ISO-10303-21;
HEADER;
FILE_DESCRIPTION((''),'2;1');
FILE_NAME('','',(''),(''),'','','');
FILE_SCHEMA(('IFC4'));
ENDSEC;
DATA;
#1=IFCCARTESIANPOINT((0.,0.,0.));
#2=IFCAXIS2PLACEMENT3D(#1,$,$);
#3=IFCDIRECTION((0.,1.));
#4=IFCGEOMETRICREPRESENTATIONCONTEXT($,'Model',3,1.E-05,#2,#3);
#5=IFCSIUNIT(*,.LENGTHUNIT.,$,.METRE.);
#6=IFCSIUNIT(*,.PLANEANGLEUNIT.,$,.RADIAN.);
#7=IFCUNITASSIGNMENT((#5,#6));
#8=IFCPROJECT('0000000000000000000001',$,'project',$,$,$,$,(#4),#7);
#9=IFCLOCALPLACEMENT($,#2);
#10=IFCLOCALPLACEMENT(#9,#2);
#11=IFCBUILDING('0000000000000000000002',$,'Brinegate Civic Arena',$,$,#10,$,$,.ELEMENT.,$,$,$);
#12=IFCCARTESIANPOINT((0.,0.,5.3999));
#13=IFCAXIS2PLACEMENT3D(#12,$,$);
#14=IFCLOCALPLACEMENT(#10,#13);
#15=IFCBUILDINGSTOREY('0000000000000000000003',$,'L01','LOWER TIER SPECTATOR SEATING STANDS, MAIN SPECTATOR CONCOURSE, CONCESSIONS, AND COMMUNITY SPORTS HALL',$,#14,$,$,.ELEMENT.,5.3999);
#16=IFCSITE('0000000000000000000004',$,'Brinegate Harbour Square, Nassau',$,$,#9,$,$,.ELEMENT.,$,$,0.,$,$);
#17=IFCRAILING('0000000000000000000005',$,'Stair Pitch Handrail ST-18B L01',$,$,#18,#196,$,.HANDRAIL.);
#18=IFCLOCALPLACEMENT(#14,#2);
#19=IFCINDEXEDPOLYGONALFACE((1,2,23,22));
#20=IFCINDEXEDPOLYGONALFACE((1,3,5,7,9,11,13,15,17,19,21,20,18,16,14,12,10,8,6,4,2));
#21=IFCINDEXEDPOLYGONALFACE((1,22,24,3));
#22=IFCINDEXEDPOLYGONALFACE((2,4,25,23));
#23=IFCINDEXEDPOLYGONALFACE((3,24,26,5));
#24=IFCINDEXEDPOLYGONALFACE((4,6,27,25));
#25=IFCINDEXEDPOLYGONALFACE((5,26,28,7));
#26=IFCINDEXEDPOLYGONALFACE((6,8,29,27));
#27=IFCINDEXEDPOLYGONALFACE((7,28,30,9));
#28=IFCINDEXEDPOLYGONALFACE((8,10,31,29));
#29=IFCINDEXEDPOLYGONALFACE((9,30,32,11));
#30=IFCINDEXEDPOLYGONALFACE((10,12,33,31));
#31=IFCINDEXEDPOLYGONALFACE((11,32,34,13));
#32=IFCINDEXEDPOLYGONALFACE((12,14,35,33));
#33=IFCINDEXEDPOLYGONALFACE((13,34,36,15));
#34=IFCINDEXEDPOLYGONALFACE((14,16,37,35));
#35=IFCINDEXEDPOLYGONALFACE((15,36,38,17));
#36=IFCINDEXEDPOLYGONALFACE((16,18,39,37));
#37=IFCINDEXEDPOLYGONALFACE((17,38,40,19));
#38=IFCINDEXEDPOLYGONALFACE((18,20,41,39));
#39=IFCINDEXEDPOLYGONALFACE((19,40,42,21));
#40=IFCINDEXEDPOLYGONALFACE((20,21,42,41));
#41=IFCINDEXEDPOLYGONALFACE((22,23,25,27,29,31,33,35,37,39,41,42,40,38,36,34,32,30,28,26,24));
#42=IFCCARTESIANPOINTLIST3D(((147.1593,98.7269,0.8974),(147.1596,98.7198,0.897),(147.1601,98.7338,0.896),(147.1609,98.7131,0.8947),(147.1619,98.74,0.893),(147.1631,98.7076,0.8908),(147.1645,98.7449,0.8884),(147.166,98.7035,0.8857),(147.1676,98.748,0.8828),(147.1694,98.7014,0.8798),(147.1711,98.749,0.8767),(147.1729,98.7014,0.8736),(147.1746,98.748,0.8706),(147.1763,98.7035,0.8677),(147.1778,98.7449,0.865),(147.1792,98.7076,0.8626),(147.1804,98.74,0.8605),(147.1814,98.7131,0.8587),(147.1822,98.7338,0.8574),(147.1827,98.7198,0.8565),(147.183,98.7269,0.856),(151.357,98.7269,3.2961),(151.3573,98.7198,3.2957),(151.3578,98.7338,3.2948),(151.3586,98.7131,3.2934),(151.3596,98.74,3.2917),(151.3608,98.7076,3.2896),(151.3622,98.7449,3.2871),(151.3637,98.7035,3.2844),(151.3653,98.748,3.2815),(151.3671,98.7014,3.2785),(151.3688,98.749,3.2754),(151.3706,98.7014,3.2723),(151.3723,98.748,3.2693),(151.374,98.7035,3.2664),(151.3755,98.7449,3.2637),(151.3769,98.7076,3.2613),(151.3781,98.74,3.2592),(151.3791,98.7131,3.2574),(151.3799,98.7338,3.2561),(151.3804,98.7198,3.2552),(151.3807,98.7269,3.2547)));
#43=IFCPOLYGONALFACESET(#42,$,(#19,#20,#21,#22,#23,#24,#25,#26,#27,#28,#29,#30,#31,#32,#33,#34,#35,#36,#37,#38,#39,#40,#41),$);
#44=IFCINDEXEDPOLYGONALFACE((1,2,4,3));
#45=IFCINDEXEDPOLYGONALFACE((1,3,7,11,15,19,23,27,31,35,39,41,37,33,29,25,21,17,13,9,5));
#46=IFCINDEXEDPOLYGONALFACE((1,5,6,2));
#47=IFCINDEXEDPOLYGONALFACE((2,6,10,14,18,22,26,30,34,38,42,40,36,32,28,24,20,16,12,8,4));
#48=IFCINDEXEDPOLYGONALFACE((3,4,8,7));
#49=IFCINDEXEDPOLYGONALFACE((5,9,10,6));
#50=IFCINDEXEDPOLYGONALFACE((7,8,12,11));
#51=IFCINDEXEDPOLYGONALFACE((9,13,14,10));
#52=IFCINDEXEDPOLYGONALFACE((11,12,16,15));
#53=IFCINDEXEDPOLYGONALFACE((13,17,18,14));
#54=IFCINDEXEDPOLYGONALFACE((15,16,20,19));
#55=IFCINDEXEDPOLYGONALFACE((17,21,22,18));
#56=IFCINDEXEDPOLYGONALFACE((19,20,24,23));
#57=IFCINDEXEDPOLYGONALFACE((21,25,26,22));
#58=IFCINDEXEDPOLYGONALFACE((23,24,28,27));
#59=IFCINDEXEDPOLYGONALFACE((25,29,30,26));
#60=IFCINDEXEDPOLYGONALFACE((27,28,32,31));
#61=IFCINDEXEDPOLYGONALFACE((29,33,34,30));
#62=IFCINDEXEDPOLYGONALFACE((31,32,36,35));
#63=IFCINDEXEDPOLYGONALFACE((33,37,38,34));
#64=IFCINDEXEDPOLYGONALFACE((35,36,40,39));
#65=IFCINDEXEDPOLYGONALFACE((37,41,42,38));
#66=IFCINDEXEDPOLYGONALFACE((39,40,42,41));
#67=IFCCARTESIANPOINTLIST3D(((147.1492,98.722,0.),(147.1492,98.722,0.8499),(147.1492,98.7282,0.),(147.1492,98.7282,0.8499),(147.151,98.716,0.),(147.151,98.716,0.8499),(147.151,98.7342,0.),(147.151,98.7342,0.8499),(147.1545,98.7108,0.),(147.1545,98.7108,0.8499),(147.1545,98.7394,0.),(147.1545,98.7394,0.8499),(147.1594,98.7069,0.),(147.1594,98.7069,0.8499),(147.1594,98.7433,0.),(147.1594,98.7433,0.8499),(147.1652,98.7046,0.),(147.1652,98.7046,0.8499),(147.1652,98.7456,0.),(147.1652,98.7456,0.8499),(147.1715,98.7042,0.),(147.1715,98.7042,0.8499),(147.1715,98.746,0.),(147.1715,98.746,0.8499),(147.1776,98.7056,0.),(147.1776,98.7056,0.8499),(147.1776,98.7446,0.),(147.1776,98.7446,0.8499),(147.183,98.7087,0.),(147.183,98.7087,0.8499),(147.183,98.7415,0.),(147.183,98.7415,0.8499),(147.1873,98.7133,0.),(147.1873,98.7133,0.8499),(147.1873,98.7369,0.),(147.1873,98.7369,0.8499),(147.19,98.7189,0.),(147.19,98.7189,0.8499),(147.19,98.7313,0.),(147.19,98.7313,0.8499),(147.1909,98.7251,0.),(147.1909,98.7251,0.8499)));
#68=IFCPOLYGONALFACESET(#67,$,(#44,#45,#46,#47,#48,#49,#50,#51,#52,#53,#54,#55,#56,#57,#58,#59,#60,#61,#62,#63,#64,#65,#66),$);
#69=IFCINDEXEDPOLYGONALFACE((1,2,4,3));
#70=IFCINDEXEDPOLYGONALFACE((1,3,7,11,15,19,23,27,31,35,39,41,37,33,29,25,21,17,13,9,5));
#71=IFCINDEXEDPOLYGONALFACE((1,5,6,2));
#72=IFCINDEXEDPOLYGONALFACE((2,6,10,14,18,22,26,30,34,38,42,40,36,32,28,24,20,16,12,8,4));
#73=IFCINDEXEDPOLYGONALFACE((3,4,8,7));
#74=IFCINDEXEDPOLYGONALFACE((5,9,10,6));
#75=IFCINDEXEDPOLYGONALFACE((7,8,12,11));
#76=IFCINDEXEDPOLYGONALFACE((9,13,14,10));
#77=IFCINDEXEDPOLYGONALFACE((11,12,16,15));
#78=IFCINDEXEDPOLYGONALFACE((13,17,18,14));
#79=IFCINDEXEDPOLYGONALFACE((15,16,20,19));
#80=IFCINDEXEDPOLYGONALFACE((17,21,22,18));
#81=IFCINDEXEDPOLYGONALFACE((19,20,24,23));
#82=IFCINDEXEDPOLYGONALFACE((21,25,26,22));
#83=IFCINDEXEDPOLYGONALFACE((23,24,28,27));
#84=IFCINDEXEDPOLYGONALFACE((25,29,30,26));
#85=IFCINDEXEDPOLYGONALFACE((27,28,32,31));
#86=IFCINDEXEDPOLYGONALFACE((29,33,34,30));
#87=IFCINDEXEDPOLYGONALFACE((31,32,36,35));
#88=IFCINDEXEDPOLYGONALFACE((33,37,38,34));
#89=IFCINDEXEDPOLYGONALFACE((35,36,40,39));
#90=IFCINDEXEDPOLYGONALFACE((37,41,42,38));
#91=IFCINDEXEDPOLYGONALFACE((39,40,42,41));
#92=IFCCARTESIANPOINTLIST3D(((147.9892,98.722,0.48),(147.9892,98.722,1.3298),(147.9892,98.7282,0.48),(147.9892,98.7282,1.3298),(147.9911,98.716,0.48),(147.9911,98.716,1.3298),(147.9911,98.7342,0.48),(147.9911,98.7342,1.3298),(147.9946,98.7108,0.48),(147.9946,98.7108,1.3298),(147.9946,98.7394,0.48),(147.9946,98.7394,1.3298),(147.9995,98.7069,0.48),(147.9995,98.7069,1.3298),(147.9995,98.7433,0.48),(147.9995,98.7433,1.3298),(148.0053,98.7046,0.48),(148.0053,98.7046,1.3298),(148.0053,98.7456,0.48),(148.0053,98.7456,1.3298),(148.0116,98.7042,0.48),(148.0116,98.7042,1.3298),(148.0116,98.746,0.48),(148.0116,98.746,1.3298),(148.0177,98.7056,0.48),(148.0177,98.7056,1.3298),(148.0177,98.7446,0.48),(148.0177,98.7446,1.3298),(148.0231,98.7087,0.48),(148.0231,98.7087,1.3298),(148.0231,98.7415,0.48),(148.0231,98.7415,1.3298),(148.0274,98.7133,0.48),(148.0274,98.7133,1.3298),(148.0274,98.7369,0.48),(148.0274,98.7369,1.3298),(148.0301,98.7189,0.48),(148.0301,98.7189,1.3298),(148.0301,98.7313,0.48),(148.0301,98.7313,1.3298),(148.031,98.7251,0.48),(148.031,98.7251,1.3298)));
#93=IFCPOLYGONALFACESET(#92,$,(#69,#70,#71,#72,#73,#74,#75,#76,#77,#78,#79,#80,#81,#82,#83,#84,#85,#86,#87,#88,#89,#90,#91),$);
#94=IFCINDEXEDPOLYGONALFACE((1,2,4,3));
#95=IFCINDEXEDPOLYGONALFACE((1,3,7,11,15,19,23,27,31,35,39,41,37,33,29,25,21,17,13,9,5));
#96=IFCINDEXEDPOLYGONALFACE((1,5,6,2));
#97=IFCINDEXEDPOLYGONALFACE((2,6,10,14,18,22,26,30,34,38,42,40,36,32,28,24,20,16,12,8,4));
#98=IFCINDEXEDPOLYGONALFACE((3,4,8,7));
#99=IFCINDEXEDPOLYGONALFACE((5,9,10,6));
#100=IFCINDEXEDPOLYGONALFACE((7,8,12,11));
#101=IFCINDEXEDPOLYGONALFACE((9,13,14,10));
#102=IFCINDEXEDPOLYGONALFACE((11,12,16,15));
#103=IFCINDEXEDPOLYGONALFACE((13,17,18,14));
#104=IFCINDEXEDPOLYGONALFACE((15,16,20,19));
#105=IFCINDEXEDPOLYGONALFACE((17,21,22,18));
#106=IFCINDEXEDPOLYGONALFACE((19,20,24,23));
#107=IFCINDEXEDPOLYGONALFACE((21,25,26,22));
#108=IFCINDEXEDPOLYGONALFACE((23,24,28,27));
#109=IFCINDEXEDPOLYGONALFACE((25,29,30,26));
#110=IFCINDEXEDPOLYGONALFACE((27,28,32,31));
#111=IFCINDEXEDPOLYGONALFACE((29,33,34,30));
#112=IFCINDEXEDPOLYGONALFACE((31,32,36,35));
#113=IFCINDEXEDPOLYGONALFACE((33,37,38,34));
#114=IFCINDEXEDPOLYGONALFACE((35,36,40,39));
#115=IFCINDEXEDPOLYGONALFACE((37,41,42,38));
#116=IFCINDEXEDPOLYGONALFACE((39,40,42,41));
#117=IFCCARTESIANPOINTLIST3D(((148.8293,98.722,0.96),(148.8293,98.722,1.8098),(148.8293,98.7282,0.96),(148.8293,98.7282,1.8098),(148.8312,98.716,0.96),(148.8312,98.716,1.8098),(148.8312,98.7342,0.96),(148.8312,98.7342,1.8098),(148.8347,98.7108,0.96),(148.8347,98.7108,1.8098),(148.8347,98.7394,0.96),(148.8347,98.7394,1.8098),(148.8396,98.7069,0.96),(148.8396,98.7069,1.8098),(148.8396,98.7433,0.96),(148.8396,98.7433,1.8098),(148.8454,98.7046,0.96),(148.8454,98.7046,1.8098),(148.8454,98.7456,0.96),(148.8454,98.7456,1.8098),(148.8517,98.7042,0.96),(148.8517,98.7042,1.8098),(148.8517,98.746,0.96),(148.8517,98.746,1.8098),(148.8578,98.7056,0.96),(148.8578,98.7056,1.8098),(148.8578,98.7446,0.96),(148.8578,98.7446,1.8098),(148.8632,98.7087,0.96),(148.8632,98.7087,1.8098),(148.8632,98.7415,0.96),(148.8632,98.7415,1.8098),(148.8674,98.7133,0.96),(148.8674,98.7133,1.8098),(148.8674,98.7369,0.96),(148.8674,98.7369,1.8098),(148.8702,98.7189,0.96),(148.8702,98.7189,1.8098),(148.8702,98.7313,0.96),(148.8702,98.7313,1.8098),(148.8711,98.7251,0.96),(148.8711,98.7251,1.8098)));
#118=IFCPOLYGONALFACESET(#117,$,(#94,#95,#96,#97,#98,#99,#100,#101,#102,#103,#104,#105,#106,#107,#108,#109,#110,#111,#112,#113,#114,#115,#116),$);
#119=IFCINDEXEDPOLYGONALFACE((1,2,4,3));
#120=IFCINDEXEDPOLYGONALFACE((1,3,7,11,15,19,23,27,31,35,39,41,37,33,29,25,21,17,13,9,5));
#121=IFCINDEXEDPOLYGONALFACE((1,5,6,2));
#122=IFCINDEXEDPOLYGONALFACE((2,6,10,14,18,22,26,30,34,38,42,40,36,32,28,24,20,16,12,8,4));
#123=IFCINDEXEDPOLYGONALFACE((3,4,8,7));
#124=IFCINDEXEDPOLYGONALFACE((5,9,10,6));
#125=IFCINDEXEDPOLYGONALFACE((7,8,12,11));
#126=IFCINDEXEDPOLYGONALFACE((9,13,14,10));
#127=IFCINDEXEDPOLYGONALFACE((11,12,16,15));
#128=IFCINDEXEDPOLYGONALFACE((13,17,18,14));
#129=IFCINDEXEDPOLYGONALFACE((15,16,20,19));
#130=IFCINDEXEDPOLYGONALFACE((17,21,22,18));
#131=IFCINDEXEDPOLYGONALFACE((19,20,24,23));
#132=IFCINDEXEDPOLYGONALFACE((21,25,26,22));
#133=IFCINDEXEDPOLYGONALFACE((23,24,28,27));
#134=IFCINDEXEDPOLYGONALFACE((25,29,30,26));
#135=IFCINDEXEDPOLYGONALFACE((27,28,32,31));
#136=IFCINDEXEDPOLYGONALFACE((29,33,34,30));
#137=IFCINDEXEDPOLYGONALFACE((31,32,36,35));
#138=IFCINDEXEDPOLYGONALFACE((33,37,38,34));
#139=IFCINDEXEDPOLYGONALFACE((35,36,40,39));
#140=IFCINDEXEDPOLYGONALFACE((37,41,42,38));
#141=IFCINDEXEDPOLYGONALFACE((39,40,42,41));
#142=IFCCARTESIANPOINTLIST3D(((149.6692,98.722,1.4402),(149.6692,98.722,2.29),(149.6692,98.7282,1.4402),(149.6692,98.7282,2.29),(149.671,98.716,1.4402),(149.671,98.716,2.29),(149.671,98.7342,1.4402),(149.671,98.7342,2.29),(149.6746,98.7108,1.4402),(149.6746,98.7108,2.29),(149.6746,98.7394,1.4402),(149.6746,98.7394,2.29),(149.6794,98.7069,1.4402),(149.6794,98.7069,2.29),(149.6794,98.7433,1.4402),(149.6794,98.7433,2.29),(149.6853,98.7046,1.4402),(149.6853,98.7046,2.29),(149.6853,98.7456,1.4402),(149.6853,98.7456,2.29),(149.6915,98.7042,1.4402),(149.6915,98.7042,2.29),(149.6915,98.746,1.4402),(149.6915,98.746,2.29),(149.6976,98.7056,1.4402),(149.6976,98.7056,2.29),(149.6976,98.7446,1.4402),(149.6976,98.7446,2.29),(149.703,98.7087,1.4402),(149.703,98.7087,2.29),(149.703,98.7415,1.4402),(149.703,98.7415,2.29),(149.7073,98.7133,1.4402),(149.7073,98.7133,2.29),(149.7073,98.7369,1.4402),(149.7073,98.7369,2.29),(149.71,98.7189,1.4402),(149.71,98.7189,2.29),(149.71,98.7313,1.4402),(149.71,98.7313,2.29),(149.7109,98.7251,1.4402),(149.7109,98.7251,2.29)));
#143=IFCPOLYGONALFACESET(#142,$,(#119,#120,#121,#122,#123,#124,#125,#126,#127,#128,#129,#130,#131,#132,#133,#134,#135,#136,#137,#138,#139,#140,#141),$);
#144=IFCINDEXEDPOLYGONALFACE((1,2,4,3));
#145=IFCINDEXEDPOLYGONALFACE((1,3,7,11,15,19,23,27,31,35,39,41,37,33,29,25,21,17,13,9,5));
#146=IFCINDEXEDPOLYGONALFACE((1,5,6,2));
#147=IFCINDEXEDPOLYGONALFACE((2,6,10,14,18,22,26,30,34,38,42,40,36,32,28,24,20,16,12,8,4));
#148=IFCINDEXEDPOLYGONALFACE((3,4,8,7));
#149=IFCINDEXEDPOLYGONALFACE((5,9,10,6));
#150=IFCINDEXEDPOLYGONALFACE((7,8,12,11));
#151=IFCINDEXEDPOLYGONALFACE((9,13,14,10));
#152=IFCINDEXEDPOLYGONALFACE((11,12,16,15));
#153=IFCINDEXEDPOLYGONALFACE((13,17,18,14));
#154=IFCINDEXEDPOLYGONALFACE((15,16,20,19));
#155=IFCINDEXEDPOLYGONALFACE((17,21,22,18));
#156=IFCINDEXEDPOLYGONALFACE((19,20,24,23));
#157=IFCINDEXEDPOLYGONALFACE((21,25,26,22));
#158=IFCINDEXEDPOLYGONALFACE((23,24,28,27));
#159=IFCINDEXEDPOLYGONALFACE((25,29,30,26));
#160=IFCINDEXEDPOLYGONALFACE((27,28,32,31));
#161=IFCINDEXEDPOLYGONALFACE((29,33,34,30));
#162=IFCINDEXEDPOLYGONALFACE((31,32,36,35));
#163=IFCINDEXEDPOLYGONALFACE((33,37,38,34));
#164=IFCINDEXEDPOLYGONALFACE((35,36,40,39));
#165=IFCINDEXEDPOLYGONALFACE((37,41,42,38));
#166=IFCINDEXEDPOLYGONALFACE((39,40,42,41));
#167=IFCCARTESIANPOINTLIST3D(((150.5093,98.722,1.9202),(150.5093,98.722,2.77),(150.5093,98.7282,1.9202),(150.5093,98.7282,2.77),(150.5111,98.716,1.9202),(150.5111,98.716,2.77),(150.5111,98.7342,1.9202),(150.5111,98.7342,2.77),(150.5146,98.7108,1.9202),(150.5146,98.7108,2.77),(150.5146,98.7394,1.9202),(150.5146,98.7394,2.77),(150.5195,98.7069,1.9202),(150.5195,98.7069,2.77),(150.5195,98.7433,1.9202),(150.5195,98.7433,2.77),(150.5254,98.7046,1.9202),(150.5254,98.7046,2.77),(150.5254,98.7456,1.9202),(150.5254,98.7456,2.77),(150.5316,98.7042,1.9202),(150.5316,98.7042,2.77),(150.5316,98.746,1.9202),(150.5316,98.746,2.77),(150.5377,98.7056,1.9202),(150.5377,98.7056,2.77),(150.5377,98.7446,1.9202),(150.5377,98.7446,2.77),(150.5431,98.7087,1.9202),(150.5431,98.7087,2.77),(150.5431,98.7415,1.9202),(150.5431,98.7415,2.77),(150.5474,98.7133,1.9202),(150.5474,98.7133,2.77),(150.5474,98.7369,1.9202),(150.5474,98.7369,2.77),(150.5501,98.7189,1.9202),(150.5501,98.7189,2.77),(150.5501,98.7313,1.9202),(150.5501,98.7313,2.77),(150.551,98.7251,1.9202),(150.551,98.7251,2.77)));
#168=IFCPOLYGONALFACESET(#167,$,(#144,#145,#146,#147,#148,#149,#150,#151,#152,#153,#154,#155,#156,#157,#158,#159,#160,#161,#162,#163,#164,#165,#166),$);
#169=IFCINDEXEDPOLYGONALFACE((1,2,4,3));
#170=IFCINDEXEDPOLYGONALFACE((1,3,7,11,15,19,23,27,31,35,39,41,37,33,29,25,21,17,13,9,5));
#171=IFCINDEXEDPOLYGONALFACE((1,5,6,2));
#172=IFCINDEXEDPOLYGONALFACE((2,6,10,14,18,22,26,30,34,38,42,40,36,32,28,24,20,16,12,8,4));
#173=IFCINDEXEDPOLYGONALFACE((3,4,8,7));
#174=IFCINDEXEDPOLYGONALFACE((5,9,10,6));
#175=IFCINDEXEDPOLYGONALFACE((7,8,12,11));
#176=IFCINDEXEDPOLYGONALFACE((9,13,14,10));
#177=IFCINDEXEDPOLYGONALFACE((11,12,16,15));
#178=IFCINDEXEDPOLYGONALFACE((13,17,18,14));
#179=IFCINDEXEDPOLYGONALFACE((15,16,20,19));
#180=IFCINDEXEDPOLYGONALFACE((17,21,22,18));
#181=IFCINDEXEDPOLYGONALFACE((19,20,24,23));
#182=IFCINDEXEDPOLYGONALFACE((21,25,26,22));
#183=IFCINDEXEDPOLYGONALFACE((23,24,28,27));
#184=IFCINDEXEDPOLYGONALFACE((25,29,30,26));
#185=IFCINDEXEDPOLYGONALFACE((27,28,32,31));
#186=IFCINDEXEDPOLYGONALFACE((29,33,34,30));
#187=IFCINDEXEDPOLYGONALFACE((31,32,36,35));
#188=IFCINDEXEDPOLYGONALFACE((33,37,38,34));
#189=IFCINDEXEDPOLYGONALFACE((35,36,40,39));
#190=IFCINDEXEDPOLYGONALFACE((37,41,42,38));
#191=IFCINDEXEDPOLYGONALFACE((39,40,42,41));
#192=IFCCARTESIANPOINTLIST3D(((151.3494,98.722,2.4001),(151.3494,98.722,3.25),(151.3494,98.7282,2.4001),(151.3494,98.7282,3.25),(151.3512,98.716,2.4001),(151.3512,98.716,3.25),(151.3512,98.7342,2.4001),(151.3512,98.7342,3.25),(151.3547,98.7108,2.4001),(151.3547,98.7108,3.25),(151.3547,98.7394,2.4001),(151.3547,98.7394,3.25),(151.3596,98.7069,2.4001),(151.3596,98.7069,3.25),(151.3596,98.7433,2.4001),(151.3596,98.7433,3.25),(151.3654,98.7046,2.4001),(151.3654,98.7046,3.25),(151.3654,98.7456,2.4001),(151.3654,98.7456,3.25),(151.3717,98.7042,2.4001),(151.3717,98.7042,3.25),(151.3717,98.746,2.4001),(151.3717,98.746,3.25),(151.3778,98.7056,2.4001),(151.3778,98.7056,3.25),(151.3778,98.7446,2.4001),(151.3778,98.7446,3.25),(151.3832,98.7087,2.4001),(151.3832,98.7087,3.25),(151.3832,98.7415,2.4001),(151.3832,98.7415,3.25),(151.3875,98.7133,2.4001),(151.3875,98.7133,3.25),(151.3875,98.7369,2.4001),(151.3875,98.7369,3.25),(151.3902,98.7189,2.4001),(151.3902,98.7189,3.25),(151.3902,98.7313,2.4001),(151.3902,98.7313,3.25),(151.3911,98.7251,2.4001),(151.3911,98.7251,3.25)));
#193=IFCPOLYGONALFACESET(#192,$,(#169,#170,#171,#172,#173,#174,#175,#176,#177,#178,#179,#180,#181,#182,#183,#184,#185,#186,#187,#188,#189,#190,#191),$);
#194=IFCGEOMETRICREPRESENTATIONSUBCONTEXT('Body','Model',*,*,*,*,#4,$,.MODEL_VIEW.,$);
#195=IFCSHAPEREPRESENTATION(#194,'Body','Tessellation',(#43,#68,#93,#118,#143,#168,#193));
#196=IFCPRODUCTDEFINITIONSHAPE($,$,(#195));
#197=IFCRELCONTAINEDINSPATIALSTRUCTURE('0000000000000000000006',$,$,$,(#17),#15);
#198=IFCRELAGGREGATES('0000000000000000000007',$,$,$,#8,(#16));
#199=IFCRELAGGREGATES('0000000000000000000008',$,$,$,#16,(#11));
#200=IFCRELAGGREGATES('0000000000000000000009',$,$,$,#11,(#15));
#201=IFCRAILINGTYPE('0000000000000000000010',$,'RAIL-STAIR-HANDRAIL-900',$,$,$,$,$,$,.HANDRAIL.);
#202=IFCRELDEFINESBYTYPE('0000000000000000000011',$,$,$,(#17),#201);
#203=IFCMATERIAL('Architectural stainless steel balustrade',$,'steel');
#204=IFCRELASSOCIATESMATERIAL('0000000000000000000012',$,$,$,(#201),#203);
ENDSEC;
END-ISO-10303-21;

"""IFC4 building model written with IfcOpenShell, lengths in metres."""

from ifc_helpers import new_model, si_unit, direction, frame, origin, origin_2d, place, context, subcontext, project, spatial, circle, extrude, material, type_object, element, save


model = new_model("IFC4")

# Units and contexts
model_context = context("Model", 3, precision=1e-05, world=origin(), true_north=direction((0.0, 1.0)))
body_context = subcontext(model_context, "Body", "Model", "MODEL_VIEW")
ifc_project = project(units=[si_unit("LENGTHUNIT", "METRE"), si_unit("PLANEANGLEUNIT", "RADIAN")], contexts=[model_context])

# Site, building, storey
site_placement = place(None, origin())
site = spatial("IfcSite", under=ifc_project, at=site_placement, Name="Brinegate Harbour Square, Nassau", CompositionType="ELEMENT", RefElevation=0.0)
building_placement = place(site_placement, origin())
building = spatial("IfcBuilding", under=site, at=building_placement, Name="Brinegate Civic Arena", CompositionType="ELEMENT")
storey_placement = place(building_placement, frame((0.0, 0.0, 5.3999)))
storey = spatial("IfcBuildingStorey", under=building, at=storey_placement, Name="L01", Description="LOWER TIER SPECTATOR SEATING STANDS, MAIN SPECTATOR CONCOURSE, CONCESSIONS, AND COMMUNITY SPORTS HALL", CompositionType="ELEMENT", Elevation=5.3999)

# Railing
ifc_material_1 = material(Name="Architectural stainless steel balustrade", Category="steel")
railing_type_1 = type_object("IfcRailingType", Name="RAIL-STAIR-HANDRAIL-900", PredefinedType="HANDRAIL", material=ifc_material_1)
for number, where, name in (
    (1, (147.1699, 98.7251, 0.0), "Stair Pitch Handrail ST-18B L01"),
):
    element("IfcRailing", number, at=place(storey_placement, frame(where)), inside=storey, type_object=railing_type_1, Name=name, PredefinedType="HANDRAIL", context=body_context, shape_type="SweptSolid", body=[
        extrude(circle(Radius=0.0239, at=origin_2d()), frame((0.0012, 0.0, 0.8767), z_axis=(0.86824, 0.0, 0.496144), x_axis=(0.0, 1.0, 0.0)), (0.0, 0.0, 1.0), 4.8347),
        extrude(circle(Radius=0.021, at=origin_2d()), origin(), (0.0, 0.0, 1.0), 0.8499),
        extrude(circle(Radius=0.021, at=origin_2d()), frame((0.8401, 0.0, 0.48)), (0.0, 0.0, 1.0), 0.8499),
        extrude(circle(Radius=0.021, at=origin_2d()), frame((1.6802, 0.0, 0.96)), (0.0, 0.0, 1.0), 0.8499),
        extrude(circle(Radius=0.021, at=origin_2d()), frame((2.52, 0.0, 1.4402)), (0.0, 0.0, 1.0), 0.8499),
        extrude(circle(Radius=0.021, at=origin_2d()), frame((3.3601, 0.0, 1.9202)), (0.0, 0.0, 1.0), 0.8499),
        extrude(circle(Radius=0.021, at=origin_2d()), frame((4.2002, 0.0, 2.4001)), (0.0, 0.0, 1.0), 0.8499),
    ])

save(model, "model.ifc")
